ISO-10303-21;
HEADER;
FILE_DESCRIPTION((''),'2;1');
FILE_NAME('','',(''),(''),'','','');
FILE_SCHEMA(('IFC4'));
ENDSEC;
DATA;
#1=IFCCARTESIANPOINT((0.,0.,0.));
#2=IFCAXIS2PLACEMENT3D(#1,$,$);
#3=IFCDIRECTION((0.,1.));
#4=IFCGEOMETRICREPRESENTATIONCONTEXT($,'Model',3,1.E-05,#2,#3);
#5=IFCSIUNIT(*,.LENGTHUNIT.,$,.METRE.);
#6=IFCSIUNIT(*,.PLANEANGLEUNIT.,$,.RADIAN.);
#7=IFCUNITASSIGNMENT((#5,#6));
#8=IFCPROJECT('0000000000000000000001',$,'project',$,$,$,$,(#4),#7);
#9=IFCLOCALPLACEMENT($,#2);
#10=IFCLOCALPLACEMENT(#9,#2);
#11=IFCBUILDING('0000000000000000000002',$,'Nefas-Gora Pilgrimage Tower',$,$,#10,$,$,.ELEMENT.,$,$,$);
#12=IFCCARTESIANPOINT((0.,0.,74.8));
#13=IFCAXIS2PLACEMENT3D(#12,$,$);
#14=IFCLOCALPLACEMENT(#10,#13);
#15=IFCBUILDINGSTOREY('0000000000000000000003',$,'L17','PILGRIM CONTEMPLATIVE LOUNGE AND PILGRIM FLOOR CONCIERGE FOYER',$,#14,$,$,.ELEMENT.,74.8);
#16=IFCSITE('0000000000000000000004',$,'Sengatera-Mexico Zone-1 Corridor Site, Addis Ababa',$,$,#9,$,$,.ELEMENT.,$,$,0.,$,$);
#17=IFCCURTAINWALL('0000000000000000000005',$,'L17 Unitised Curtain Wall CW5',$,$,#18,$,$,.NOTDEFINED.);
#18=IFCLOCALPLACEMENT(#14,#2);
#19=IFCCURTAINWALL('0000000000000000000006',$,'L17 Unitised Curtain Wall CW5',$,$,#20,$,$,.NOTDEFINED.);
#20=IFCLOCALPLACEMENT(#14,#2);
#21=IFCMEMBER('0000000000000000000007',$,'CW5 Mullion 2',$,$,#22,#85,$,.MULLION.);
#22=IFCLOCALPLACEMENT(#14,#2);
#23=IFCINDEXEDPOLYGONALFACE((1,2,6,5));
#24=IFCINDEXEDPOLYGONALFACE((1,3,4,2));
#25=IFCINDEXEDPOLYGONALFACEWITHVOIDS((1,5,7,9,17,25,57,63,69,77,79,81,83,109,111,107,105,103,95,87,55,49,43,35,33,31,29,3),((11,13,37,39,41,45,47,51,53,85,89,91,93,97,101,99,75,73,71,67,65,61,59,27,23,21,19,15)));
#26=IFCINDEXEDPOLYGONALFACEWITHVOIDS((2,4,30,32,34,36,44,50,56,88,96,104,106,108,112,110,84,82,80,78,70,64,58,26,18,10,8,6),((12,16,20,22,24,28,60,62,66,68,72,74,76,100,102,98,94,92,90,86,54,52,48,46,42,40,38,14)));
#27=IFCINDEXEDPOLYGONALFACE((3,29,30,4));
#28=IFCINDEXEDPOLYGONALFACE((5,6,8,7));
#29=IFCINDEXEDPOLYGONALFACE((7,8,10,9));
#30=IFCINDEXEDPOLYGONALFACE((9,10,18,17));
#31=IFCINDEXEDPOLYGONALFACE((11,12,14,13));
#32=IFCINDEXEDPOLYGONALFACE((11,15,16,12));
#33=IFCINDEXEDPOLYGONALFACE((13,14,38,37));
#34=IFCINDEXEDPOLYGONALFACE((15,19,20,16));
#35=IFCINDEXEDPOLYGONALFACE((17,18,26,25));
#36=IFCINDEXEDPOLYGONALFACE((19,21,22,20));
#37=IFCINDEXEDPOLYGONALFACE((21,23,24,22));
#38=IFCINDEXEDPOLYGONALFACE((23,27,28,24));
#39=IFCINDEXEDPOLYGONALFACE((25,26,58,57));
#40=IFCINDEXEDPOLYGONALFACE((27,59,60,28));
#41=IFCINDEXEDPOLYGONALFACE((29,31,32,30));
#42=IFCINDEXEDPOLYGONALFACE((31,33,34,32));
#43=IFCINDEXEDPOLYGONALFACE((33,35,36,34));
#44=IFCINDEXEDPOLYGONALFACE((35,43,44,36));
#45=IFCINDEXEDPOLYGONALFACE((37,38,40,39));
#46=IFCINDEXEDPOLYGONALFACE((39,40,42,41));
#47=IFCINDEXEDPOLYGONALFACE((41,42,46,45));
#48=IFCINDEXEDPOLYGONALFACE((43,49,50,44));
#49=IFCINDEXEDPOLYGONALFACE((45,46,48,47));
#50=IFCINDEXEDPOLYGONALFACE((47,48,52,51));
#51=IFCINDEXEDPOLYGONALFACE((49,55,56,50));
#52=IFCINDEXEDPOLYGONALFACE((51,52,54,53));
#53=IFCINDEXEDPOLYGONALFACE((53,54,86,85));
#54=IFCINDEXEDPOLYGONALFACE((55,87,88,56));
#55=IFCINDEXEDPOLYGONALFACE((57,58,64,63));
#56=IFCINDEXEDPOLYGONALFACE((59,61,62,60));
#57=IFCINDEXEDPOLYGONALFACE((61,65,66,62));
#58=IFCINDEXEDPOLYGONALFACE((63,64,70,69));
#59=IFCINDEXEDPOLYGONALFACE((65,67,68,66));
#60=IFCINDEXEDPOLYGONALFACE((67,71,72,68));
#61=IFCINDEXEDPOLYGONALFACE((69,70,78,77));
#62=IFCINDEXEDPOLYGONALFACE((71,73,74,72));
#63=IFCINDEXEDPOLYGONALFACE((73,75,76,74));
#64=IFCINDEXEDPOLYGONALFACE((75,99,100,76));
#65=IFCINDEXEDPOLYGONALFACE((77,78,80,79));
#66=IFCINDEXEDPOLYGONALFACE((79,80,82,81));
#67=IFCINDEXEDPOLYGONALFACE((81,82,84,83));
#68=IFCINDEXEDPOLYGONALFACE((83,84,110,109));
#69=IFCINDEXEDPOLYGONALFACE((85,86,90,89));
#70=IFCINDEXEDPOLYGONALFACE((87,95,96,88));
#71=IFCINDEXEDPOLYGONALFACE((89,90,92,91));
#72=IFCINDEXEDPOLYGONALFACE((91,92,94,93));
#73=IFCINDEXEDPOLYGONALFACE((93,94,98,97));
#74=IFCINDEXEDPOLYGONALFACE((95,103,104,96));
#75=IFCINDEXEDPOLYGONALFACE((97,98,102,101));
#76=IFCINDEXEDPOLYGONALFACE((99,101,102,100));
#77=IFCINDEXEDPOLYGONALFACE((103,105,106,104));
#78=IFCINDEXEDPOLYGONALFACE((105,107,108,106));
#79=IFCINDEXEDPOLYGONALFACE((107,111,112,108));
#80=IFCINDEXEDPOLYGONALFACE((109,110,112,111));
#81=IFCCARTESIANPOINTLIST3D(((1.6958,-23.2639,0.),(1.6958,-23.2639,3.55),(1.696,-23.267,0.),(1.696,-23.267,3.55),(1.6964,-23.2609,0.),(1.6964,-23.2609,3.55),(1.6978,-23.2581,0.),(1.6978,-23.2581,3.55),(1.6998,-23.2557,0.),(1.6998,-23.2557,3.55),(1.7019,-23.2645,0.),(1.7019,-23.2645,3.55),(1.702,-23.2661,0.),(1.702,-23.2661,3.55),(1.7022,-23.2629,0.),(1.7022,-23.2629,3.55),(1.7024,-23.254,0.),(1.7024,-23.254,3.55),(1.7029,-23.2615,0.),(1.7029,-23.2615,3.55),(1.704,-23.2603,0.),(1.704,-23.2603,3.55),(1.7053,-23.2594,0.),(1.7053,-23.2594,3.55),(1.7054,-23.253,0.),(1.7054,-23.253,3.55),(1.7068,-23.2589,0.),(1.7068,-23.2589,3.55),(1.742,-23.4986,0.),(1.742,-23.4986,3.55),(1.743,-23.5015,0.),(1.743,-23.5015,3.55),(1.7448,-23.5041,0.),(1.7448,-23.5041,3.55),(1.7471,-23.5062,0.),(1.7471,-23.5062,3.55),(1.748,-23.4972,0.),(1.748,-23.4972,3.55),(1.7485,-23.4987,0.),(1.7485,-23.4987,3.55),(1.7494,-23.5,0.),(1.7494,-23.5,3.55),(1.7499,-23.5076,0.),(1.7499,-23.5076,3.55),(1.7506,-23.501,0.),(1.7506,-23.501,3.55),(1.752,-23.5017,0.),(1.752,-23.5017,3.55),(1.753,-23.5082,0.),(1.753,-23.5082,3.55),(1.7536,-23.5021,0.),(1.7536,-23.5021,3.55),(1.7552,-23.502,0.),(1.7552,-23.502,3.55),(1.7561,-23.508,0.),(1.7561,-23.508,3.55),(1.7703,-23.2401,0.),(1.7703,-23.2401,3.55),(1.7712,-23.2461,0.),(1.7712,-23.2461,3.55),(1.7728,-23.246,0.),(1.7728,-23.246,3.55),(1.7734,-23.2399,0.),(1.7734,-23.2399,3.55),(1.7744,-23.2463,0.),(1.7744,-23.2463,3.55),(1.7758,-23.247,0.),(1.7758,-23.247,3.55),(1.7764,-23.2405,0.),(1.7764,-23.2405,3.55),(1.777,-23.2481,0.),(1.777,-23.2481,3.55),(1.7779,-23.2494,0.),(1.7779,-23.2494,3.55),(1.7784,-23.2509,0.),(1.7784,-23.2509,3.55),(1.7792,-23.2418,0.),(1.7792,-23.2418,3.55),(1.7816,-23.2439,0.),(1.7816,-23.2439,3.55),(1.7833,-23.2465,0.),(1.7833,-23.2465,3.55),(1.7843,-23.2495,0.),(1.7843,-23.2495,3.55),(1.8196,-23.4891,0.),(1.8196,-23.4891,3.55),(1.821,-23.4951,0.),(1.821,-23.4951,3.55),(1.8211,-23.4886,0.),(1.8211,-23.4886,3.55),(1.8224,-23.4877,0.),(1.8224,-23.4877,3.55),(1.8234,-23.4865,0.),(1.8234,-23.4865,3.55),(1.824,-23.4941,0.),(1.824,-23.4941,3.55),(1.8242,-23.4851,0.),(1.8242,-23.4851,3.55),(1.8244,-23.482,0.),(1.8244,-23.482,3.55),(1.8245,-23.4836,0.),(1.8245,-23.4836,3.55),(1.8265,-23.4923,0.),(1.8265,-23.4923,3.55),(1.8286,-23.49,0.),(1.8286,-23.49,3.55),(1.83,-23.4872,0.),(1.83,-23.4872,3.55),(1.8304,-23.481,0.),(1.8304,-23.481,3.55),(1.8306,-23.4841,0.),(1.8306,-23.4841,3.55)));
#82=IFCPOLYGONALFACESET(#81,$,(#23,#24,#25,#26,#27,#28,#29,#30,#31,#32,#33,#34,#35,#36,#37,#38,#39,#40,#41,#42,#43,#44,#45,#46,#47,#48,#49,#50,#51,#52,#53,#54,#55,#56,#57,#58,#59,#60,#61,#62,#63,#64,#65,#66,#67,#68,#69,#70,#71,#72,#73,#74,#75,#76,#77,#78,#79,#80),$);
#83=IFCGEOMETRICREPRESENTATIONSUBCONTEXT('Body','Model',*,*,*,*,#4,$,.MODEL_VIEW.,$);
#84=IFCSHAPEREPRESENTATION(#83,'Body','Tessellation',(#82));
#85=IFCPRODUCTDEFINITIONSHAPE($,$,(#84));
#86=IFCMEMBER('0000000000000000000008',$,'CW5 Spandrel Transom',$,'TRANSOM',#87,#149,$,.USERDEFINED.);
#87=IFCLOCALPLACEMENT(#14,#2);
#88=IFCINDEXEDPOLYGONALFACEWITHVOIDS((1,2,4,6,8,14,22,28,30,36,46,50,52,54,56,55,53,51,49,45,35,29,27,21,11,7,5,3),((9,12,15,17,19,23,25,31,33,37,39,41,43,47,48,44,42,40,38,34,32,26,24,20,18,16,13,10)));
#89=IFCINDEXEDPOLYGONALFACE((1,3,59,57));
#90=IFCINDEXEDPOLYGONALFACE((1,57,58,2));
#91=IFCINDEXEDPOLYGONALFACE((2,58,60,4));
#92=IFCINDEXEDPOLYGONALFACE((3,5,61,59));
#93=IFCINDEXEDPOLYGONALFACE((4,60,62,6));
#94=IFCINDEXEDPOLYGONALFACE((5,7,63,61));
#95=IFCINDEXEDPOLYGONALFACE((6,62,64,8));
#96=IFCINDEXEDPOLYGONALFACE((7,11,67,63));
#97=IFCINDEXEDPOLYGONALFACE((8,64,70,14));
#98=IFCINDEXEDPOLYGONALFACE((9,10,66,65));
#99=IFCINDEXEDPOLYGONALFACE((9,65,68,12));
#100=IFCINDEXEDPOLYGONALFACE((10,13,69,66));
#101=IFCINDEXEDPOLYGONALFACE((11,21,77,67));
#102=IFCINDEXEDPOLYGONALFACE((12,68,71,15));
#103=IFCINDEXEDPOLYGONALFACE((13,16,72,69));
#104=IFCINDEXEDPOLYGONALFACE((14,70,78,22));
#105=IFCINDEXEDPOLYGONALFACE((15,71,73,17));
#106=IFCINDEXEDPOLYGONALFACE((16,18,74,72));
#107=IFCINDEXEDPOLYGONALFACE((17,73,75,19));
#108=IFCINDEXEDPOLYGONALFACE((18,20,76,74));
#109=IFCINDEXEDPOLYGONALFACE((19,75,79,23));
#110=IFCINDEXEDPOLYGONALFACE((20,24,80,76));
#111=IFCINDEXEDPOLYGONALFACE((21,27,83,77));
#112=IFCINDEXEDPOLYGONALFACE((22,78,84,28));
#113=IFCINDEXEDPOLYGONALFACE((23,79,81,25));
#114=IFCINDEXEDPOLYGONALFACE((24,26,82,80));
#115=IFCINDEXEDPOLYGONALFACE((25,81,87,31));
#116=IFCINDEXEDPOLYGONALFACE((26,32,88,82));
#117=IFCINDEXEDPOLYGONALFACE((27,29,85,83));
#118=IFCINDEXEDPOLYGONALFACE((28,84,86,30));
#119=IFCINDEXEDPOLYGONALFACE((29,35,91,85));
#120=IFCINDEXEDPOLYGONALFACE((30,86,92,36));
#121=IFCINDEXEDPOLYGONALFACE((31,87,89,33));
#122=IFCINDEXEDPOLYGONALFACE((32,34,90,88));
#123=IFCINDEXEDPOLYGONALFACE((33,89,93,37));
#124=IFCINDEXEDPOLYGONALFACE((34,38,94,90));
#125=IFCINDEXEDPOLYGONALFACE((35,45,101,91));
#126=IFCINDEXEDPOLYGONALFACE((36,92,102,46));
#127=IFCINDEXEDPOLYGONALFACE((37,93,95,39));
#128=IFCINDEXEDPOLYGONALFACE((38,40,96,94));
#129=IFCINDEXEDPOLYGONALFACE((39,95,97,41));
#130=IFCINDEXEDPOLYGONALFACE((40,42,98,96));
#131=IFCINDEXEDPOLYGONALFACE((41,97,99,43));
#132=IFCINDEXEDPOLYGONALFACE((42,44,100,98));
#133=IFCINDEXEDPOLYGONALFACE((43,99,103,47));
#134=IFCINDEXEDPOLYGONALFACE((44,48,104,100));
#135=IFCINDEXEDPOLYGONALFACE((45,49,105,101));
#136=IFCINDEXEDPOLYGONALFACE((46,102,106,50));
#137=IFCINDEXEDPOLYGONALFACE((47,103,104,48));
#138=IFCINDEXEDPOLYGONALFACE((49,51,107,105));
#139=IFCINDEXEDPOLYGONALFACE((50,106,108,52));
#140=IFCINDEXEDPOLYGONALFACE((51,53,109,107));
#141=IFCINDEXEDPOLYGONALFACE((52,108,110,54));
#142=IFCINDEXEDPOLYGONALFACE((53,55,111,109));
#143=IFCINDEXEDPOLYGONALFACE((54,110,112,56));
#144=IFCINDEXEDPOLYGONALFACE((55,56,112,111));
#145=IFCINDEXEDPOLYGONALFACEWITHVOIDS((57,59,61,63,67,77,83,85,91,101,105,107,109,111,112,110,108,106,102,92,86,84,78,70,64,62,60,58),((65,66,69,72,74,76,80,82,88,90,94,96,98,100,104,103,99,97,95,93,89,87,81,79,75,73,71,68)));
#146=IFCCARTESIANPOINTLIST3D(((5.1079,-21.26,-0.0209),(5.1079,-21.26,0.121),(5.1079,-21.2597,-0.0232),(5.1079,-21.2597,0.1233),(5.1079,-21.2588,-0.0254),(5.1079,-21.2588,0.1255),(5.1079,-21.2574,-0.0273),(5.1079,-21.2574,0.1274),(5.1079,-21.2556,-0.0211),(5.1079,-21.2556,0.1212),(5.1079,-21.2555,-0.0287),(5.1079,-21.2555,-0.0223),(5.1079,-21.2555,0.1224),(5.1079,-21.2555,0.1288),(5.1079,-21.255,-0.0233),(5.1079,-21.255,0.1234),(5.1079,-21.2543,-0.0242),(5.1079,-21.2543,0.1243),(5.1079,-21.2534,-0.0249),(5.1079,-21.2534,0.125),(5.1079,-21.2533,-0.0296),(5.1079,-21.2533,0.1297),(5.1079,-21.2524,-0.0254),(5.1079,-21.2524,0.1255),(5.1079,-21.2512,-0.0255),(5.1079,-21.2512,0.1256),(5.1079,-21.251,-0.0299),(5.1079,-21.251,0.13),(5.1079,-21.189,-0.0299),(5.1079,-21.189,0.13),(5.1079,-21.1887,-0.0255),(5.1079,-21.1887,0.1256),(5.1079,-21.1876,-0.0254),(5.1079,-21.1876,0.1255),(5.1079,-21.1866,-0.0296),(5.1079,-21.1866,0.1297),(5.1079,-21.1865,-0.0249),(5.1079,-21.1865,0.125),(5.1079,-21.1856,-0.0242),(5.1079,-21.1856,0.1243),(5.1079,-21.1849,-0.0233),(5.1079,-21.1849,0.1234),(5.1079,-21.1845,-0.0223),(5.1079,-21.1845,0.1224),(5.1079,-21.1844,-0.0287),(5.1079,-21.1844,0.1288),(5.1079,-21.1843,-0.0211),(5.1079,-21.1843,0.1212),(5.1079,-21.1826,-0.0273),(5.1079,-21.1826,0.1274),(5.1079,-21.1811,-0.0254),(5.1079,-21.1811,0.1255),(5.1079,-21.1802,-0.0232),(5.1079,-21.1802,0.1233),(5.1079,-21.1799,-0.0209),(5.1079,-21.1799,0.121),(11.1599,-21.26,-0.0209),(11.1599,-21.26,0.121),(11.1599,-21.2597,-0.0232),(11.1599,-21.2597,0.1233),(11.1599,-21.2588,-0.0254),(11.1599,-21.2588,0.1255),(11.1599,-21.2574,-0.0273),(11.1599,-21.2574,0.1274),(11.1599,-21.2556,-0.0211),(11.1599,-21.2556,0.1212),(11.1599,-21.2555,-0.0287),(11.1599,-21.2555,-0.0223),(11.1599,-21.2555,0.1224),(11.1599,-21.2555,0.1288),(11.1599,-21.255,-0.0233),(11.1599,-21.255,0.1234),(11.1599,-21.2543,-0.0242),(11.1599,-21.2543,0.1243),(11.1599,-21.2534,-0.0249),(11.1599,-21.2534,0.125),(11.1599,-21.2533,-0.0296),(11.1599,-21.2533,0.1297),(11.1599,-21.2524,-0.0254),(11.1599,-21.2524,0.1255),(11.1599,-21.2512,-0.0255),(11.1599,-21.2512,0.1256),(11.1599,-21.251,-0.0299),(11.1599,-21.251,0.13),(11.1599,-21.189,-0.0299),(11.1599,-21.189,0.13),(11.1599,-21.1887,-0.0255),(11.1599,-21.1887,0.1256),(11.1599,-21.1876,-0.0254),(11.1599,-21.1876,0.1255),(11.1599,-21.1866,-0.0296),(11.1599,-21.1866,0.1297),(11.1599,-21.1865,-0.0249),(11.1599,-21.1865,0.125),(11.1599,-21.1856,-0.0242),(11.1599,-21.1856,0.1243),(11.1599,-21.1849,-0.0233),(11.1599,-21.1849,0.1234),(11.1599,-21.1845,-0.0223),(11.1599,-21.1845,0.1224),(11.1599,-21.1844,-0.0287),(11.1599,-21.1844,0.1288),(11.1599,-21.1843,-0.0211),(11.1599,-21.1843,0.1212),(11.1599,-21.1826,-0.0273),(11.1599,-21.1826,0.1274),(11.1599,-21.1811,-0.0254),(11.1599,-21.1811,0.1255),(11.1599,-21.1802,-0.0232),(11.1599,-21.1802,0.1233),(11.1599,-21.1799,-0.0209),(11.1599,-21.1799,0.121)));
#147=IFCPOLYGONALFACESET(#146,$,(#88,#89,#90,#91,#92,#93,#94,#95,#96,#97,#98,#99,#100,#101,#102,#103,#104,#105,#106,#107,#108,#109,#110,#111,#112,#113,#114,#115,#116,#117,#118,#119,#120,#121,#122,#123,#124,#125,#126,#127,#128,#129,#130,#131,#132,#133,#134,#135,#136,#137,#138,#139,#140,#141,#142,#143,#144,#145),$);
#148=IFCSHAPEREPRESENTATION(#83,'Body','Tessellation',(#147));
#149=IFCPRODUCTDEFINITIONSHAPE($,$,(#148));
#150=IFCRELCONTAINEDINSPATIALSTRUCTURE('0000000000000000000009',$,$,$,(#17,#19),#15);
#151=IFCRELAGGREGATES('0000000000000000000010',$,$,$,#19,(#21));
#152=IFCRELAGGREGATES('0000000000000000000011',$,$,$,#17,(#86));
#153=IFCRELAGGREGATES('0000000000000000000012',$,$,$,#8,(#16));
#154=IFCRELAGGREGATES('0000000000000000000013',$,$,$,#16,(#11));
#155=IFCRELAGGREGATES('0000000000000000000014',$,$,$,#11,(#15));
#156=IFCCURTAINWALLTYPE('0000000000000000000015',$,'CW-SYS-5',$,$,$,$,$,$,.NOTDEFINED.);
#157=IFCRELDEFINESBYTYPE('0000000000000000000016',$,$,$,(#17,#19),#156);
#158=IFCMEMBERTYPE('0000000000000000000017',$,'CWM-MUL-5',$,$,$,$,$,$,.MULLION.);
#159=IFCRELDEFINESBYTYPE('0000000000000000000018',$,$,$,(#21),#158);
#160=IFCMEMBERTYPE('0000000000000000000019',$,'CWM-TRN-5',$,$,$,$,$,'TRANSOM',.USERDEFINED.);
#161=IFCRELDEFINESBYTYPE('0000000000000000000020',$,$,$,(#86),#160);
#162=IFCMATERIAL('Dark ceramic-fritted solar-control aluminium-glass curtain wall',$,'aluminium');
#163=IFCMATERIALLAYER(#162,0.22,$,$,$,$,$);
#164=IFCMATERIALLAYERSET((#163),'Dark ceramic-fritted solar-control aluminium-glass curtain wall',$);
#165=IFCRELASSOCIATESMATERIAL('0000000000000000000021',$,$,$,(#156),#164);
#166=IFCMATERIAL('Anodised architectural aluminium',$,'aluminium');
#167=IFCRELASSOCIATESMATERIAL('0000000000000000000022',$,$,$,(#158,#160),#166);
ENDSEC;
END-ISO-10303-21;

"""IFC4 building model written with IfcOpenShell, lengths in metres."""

from ifc_helpers import new_model, si_unit, direction, frame, origin, origin_2d, place, context, subcontext, project, spatial, hollow_rectangle, extrude, source, transform, mapped, material, layer, layer_set, material_profile, profile_set, type_object, element, aggregate, save


model = new_model("IFC4")

# Units and contexts
model_context = context("Model", 3, precision=1e-05, world=origin(), true_north=direction((0.0, 1.0)))
body_context = subcontext(model_context, "Body", "Model", "MODEL_VIEW")
ifc_project = project(units=[si_unit("LENGTHUNIT", "METRE"), si_unit("PLANEANGLEUNIT", "RADIAN")], contexts=[model_context])

# Site, building, storey
site_placement = place(None, origin())
site = spatial("IfcSite", under=ifc_project, at=site_placement, Name="Sengatera-Mexico Zone-1 Corridor Site, Addis Ababa", CompositionType="ELEMENT", RefElevation=0.0)
building_placement = place(site_placement, origin())
building = spatial("IfcBuilding", under=site, at=building_placement, Name="Nefas-Gora Pilgrimage Tower", CompositionType="ELEMENT")
storey_placement = place(building_placement, frame((0.0, 0.0, 74.8)))
storey = spatial("IfcBuildingStorey", under=building, at=storey_placement, Name="L17", Description="PILGRIM CONTEMPLATIVE LOUNGE AND PILGRIM FLOOR CONCIERGE FOYER", CompositionType="ELEMENT", Elevation=74.8)

# Curtain wall
ifc_material_1 = material(Name="Dark ceramic-fritted solar-control aluminium-glass curtain wall", Category="aluminium")
ifc_layer_1 = layer(ifc_material_1, 0.22)
ifc_layer_set_1 = layer_set([ifc_layer_1], Name="Dark ceramic-fritted solar-control aluminium-glass curtain wall")
curtain_wall_type_1 = type_object("IfcCurtainWallType", Name="CW-SYS-5", PredefinedType="NOTDEFINED", material=ifc_layer_set_1)
curtain_wall_1_placement = place(storey_placement, origin())
curtain_wall_1 = element("IfcCurtainWall", 1, at=curtain_wall_1_placement, inside=storey, type_object=curtain_wall_type_1, Name="L17 Unitised Curtain Wall CW5", PredefinedType="NOTDEFINED")
ifc_material_2 = material(Name="Anodised architectural aluminium", Category="aluminium")
ifc_material_profile_1 = material_profile(ifc_material_2, hollow_rectangle(XDim=0.0901, YDim=0.26, WallThickness=0.0061, InnerFilletRadius=0.0061, OuterFilletRadius=0.012, at=origin_2d()), Name="ALU MULLION 90x260")
ifc_profile_set_1 = profile_set([ifc_material_profile_1], Name="Anodised architectural aluminium")
member_type_1 = type_object("IfcMemberType", Name="CWM-MUL-5", PredefinedType="MULLION", material=ifc_profile_set_1)
shared_shape_1 = source(origin(), body_context, "Body", "SweptSolid", [
    extrude(hollow_rectangle(XDim=0.0901, YDim=0.26, WallThickness=0.0061, InnerFilletRadius=0.0061, OuterFilletRadius=0.012, at=origin_2d()), origin(), (0.0, 0.0, 1.0), 3.55),
])

# Curtain wall, member
curtain_wall_2_placement = place(storey_placement, origin())
curtain_wall_2 = element("IfcCurtainWall", 2, at=curtain_wall_2_placement, inside=storey, type_object=curtain_wall_type_1, Name="L17 Unitised Curtain Wall CW5", PredefinedType="NOTDEFINED")
member_1_placement = place(storey_placement, frame((1.7632, -23.374, 0.0), z_axis=(0.0, 0.0, 1.0), x_axis=(0.980783, 0.195102, 0.0)))
member_1 = element("IfcMember", 3, at=member_1_placement, type_object=member_type_1, Name="CW5 Mullion 2", PredefinedType="MULLION", context=body_context, shape_type="MappedRepresentation", body=[
    mapped(shared_shape_1, transform((0.0, 0.0, 0.0), x_axis=(1.0, 0.0, 0.0), y_axis=(0.0, 1.0, 0.0), z_axis=(0.0, 0.0, 1.0), scale=1.0)),
])
aggregate(curtain_wall_2, [member_1])

# Member
ifc_material_profile_2 = material_profile(ifc_material_2, hollow_rectangle(XDim=0.0801, YDim=0.1599, WallThickness=0.0044, InnerFilletRadius=0.0044, OuterFilletRadius=0.009, at=origin_2d()), Name="ALU TRANSOM 80x160")
ifc_profile_set_2 = profile_set([ifc_material_profile_2], Name="Anodised architectural aluminium")
member_type_2 = type_object("IfcMemberType", Name="CWM-TRN-5", ElementType="TRANSOM", PredefinedType="USERDEFINED", material=ifc_profile_set_2)
shared_shape_2 = source(origin(), body_context, "Body", "SweptSolid", [
    extrude(hollow_rectangle(XDim=0.0801, YDim=0.1599, WallThickness=0.0044, InnerFilletRadius=0.0044, OuterFilletRadius=0.009, at=origin_2d()), origin(), (0.0, 0.0, 1.0), 6.052),
])
member_2_placement = place(storey_placement, frame((5.1079, -21.22, 0.05), z_axis=(1.0, 0.0, 0.0), x_axis=(0.0, 1.0, 0.0)))
member_2 = element("IfcMember", 4, at=member_2_placement, type_object=member_type_2, Name="CW5 Spandrel Transom", ObjectType="TRANSOM", PredefinedType="USERDEFINED", context=body_context, shape_type="MappedRepresentation", body=[
    mapped(shared_shape_2, transform((0.0, 0.0, 0.0), x_axis=(1.0, 0.0, 0.0), y_axis=(0.0, 1.0, 0.0), z_axis=(0.0, 0.0, 1.0), scale=1.0)),
])

aggregate(curtain_wall_1, [member_2])

save(model, "model.ifc")
